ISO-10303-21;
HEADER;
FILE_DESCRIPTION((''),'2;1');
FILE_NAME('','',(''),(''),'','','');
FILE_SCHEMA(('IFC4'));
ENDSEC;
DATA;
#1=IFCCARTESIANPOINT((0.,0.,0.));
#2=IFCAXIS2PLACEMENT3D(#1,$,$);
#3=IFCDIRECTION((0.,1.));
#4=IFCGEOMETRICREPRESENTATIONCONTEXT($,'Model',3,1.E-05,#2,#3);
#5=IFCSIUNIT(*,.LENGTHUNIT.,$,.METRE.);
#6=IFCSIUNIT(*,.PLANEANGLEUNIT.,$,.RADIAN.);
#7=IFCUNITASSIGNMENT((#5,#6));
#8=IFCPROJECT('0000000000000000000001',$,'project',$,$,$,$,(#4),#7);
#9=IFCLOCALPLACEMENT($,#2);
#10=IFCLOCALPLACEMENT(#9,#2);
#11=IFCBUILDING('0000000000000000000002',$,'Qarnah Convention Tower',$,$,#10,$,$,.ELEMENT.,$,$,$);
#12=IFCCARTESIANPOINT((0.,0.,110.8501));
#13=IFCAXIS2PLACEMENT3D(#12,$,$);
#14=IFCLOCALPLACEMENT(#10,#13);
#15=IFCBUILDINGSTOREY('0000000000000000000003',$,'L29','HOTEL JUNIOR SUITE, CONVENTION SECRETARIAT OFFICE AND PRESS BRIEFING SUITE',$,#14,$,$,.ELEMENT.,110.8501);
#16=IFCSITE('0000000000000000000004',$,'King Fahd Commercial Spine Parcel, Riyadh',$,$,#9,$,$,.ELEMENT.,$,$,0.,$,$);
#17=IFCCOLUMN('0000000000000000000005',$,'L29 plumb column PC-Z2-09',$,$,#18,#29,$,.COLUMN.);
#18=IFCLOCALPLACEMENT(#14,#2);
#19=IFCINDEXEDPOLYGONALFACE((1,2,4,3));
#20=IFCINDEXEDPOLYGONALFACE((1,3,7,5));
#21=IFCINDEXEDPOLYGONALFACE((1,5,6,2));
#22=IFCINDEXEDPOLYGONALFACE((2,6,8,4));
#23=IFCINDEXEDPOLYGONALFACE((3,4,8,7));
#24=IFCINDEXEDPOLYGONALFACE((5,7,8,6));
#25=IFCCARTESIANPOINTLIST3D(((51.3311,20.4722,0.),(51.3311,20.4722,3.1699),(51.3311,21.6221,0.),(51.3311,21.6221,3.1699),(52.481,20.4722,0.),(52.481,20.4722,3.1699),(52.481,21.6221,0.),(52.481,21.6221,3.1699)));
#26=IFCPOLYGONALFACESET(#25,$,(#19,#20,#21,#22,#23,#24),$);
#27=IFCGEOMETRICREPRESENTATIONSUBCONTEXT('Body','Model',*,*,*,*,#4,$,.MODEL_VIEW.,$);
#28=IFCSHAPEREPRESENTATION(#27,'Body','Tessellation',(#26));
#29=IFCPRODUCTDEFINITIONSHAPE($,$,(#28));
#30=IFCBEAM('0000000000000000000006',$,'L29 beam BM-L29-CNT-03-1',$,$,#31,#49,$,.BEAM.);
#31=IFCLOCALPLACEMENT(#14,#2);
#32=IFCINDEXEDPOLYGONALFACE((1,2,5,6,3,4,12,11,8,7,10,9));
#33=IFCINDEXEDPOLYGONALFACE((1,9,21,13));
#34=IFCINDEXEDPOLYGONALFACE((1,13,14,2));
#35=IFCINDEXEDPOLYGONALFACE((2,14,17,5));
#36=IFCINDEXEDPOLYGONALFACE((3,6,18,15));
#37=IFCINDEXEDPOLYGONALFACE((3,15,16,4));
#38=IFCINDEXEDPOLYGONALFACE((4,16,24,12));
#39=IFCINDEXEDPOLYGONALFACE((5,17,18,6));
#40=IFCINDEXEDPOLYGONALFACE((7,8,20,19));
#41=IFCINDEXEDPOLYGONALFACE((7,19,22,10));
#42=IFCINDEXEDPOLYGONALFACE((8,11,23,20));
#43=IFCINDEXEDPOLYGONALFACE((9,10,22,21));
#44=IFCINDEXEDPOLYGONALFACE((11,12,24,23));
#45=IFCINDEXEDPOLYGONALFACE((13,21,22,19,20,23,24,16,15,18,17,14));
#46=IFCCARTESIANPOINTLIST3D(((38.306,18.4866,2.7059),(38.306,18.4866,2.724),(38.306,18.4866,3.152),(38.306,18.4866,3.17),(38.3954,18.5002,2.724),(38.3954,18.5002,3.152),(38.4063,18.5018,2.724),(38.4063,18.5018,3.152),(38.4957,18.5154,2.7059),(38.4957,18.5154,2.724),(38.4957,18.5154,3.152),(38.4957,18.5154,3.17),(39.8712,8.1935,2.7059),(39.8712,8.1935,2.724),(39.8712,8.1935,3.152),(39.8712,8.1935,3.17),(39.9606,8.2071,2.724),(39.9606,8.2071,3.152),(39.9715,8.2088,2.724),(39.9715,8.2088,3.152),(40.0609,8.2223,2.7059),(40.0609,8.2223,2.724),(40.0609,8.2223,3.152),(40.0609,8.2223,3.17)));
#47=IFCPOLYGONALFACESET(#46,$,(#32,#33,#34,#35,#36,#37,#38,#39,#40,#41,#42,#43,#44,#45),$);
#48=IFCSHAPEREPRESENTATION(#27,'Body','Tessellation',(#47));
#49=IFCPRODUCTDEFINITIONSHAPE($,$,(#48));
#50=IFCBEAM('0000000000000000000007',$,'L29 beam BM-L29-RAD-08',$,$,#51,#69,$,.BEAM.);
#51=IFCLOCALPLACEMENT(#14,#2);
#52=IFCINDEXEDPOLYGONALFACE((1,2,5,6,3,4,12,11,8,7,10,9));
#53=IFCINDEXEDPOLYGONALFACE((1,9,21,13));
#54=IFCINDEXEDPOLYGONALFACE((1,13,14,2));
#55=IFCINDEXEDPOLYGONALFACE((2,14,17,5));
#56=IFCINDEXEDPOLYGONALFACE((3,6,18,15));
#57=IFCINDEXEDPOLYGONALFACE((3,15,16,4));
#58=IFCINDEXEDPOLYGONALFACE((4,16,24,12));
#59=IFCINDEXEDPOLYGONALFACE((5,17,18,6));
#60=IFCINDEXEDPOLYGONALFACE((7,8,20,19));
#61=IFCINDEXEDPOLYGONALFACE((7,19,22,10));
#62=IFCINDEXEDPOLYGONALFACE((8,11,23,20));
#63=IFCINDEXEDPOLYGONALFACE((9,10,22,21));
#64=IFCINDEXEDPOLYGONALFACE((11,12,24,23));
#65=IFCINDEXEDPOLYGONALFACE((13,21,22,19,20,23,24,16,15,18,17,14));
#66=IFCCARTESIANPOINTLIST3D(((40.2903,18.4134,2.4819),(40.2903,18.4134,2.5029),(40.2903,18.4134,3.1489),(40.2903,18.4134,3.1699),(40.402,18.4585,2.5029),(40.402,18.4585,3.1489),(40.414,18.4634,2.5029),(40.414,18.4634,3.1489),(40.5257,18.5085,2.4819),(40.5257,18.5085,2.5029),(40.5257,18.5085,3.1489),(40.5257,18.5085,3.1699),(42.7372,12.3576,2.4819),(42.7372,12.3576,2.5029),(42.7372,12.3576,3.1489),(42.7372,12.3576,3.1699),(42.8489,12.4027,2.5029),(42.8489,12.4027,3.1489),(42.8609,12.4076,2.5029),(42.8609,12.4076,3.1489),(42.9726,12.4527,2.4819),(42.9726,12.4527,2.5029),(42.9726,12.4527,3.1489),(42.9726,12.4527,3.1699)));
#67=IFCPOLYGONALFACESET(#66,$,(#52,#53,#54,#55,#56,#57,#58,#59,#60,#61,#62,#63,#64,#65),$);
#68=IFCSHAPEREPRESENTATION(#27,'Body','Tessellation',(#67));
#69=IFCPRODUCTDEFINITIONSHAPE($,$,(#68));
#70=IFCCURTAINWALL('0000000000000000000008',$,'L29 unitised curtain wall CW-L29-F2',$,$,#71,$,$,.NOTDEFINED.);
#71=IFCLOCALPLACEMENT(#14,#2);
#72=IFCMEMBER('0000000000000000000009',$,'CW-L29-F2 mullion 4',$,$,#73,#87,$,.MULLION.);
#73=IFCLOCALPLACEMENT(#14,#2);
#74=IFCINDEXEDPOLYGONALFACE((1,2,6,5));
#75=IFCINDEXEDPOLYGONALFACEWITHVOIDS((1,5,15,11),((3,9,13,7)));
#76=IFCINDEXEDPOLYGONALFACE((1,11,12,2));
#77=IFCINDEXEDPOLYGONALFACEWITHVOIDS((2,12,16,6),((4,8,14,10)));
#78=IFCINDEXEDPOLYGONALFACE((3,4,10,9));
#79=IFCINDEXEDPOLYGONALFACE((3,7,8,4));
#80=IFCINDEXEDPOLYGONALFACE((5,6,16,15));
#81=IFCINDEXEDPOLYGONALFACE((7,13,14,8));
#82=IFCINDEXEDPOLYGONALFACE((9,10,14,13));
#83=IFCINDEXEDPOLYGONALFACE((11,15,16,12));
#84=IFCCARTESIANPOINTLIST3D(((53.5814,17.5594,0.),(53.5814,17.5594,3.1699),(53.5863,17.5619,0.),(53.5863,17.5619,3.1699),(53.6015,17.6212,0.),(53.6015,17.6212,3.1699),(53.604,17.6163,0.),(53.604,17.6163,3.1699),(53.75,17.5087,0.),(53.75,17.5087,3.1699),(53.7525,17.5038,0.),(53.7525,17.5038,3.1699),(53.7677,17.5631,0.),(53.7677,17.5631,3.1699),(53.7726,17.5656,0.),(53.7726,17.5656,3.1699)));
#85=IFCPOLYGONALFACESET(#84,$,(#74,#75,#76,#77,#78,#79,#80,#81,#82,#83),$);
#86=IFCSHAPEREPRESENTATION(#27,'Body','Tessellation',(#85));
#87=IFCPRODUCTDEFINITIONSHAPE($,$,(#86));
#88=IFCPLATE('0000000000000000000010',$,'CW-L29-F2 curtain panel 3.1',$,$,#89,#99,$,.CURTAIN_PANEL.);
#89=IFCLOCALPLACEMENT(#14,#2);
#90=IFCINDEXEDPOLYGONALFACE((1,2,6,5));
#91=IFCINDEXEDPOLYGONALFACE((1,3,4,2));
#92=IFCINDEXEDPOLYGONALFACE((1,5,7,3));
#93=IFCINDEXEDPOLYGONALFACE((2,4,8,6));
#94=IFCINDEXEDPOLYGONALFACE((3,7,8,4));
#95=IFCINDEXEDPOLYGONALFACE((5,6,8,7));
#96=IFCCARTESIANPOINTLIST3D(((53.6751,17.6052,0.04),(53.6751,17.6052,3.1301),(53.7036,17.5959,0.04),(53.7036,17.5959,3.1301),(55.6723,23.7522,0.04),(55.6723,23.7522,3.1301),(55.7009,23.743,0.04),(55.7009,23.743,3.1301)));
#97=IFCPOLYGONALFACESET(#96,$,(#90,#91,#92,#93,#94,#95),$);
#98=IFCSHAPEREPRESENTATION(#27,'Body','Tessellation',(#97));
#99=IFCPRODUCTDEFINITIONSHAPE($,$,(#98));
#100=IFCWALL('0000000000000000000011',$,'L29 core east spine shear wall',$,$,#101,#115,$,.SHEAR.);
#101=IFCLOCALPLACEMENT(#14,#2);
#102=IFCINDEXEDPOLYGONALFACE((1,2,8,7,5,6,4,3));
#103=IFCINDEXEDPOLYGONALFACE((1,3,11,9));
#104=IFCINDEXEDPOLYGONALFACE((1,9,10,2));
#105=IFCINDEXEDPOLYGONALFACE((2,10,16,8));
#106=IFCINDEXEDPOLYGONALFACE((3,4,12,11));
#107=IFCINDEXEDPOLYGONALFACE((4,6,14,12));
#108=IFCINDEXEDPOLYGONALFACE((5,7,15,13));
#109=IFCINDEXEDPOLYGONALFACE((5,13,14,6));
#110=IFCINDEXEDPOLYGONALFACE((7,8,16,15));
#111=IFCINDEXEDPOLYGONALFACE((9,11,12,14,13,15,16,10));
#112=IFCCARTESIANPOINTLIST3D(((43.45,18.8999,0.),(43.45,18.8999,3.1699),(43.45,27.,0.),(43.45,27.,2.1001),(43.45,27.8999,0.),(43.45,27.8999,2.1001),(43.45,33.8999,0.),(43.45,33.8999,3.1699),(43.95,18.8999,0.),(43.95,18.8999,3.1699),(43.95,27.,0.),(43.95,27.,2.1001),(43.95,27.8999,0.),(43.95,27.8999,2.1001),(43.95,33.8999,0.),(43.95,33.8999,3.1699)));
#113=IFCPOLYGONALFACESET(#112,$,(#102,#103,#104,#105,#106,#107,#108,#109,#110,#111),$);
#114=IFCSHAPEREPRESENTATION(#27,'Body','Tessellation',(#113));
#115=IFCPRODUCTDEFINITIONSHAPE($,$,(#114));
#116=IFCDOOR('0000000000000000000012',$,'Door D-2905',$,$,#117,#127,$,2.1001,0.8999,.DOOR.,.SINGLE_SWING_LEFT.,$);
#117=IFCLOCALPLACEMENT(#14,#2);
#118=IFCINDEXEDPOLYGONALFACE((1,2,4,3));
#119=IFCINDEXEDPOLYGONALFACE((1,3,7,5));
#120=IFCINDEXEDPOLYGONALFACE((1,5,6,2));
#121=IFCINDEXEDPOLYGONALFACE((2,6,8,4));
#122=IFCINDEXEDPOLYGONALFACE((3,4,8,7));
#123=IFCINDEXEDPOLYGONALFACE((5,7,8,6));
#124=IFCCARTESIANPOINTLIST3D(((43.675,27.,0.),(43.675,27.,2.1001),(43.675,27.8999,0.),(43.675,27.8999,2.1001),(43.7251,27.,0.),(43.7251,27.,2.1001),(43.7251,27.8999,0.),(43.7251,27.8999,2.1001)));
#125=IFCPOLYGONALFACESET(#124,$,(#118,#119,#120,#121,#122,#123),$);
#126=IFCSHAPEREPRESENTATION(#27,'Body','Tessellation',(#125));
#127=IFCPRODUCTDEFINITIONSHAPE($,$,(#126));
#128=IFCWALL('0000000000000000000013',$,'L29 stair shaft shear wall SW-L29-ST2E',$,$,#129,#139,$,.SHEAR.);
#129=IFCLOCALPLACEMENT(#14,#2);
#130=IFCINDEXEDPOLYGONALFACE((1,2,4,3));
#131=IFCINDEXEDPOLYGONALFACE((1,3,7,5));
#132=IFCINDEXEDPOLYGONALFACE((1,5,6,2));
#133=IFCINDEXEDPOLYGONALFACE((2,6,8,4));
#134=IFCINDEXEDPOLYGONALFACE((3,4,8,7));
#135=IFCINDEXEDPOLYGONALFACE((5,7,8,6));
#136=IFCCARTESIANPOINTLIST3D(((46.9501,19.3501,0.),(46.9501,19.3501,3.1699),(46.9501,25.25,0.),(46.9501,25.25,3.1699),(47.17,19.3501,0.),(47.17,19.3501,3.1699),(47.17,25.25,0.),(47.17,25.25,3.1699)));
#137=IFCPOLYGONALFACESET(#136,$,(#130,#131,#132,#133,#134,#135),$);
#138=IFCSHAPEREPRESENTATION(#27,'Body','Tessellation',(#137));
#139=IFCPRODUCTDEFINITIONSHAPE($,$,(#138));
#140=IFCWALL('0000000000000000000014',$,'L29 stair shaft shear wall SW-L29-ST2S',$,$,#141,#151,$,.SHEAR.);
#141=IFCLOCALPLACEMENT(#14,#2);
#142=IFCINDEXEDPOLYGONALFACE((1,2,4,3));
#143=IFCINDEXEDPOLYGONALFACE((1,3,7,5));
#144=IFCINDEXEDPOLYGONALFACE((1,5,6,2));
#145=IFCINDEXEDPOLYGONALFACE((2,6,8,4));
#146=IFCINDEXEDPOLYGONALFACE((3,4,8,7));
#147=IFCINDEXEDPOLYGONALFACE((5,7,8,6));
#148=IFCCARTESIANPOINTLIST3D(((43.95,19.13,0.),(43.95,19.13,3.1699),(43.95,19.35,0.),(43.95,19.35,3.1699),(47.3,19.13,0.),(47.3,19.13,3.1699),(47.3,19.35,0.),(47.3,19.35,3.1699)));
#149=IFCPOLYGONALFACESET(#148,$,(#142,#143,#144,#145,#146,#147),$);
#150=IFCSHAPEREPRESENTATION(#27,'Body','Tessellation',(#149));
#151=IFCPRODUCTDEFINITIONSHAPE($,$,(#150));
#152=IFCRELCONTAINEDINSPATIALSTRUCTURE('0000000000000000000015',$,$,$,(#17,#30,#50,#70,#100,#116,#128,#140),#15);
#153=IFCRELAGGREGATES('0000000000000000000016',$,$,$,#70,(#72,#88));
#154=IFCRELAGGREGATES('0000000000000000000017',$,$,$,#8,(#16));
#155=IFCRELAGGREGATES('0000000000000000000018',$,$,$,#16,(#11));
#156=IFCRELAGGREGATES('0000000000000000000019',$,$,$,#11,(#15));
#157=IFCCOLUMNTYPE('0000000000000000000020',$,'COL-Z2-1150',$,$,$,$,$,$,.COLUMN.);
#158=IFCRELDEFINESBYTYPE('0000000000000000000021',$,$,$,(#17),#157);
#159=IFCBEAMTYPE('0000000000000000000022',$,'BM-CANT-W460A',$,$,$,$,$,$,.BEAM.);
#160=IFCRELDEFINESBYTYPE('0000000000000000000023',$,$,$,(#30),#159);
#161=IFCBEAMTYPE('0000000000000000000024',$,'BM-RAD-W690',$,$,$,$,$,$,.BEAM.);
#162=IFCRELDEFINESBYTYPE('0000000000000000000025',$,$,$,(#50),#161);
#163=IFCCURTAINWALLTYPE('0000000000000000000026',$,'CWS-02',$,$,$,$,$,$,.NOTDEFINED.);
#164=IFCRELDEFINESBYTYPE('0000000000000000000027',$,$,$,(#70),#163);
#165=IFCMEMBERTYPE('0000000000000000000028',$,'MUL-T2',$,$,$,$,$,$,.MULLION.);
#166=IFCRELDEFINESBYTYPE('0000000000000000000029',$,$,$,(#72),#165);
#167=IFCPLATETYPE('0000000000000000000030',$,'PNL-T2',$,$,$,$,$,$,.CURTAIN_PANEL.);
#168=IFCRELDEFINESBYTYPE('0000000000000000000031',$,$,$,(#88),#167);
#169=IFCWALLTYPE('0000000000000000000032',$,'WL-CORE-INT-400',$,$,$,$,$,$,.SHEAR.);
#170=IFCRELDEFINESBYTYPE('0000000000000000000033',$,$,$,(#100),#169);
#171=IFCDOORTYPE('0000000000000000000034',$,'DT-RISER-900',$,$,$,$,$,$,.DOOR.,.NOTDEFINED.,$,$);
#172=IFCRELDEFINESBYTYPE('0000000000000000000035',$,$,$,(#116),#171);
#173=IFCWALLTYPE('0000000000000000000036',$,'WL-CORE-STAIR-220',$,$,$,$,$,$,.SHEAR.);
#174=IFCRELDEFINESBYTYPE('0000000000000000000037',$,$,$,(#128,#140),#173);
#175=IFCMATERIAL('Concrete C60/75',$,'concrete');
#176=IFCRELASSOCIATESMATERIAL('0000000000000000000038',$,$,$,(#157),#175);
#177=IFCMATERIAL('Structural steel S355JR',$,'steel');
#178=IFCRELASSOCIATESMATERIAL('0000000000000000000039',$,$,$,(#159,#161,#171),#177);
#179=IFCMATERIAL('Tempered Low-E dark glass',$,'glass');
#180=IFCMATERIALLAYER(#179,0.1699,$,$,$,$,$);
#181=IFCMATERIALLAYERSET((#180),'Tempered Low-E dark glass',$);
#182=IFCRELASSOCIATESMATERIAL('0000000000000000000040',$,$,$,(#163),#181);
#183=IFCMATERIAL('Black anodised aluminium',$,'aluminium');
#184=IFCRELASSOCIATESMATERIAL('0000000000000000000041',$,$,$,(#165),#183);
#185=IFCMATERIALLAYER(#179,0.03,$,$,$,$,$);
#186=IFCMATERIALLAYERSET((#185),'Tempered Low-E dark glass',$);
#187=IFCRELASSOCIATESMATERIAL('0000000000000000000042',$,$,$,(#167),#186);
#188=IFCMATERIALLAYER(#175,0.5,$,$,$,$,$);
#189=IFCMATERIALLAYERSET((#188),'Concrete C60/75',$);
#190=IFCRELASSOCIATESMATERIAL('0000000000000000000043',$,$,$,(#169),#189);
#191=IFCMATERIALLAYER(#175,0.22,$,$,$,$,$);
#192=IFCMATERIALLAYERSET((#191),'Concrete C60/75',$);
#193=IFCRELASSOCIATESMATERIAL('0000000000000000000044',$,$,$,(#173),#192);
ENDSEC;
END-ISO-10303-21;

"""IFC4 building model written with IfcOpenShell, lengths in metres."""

from ifc_helpers import new_model, si_unit, direction, frame, frame_2d, origin, origin_2d, place, context, subcontext, project, spatial, rectangle, hollow_rectangle, i_section, extrude, material, layer, layer_set, material_profile, profile_set, type_object, element, fill, aggregate, save


model = new_model("IFC4")

# Units and contexts
model_context = context("Model", 3, precision=1e-05, world=origin(), true_north=direction((0.0, 1.0)))
body_context = subcontext(model_context, "Body", "Model", "MODEL_VIEW")
ifc_project = project(units=[si_unit("LENGTHUNIT", "METRE"), si_unit("PLANEANGLEUNIT", "RADIAN")], contexts=[model_context])

# Site, building, storey
site_placement = place(None, origin())
site = spatial("IfcSite", under=ifc_project, at=site_placement, Name="King Fahd Commercial Spine Parcel, Riyadh", CompositionType="ELEMENT", RefElevation=0.0)
building_placement = place(site_placement, origin())
building = spatial("IfcBuilding", under=site, at=building_placement, Name="Qarnah Convention Tower", CompositionType="ELEMENT")
storey_placement = place(building_placement, frame((0.0, 0.0, 110.8501)))
storey = spatial("IfcBuildingStorey", under=building, at=storey_placement, Name="L29", Description="HOTEL JUNIOR SUITE, CONVENTION SECRETARIAT OFFICE AND PRESS BRIEFING SUITE", CompositionType="ELEMENT", Elevation=110.8501)

# Column
ifc_material_1 = material(Name="Concrete C60/75", Category="concrete")
ifc_material_profile_1 = material_profile(ifc_material_1, rectangle(XDim=1.1499, YDim=1.1499, at=origin_2d()), Name="RC-COL-1150X1150")
ifc_profile_set_1 = profile_set([ifc_material_profile_1], Name="Concrete C60/75")
column_type = type_object("IfcColumnType", Name="COL-Z2-1150", PredefinedType="COLUMN", material=ifc_profile_set_1)
column_placement = place(storey_placement, frame((51.906, 21.0471, 0.0), z_axis=(0.0, 0.0, 1.0), x_axis=(1.0, 0.0, 0.0)))
element("IfcColumn", 1, at=column_placement, inside=storey, type_object=column_type, Name="L29 plumb column PC-Z2-09", PredefinedType="COLUMN", context=body_context, shape_type="SweptSolid", body=[
    extrude(rectangle(XDim=1.1499, YDim=1.1499, at=origin_2d()), origin(), (0.0, 0.0, 1.0), 3.1699),
])

# Beams
ifc_material_2 = material(Name="Structural steel S355JR", Category="steel")
ifc_material_profile_2 = material_profile(ifc_material_2, i_section(OverallWidth=0.1919, OverallDepth=0.4641, WebThickness=0.011, FlangeThickness=0.0181, at=origin_2d()), Name="W460X89")
ifc_profile_set_2 = profile_set([ifc_material_profile_2], Name="Structural steel S355JR")
beam_type_1 = type_object("IfcBeamType", Name="BM-CANT-W460A", PredefinedType="BEAM", material=ifc_profile_set_2)
beam_1_placement = place(storey_placement, frame((38.4009, 18.501, 2.938), z_axis=(0.150335, -0.988635, 0.0), x_axis=(0.988635, 0.150335, 0.0)))
element("IfcBeam", 2, at=beam_1_placement, inside=storey, type_object=beam_type_1, Name="L29 beam BM-L29-CNT-03-1", PredefinedType="BEAM", context=body_context, shape_type="SweptSolid", body=[
    extrude(i_section(OverallWidth=0.1919, OverallDepth=0.4641, WebThickness=0.011, FlangeThickness=0.0181, at=origin_2d()), origin(), (0.0, 0.0, 1.0), 10.4114),
])
ifc_material_profile_3 = material_profile(ifc_material_2, i_section(OverallWidth=0.2539, OverallDepth=0.688, WebThickness=0.0129, FlangeThickness=0.021, at=origin_2d()), Name="W690X152")
ifc_profile_set_3 = profile_set([ifc_material_profile_3], Name="Structural steel S355JR")
beam_type_2 = type_object("IfcBeamType", Name="BM-RAD-W690", PredefinedType="BEAM", material=ifc_profile_set_3)
beam_2_placement = place(storey_placement, frame((40.408, 18.4609, 2.8259), z_axis=(0.374643, -0.927169, 0.0), x_axis=(0.927169, 0.374643, 0.0)))
element("IfcBeam", 3, at=beam_2_placement, inside=storey, type_object=beam_type_2, Name="L29 beam BM-L29-RAD-08", PredefinedType="BEAM", context=body_context, shape_type="SweptSolid", body=[
    extrude(i_section(OverallWidth=0.2539, OverallDepth=0.688, WebThickness=0.0129, FlangeThickness=0.021, at=origin_2d()), origin(), (0.0, 0.0, 1.0), 6.5315),
])

# Curtain wall, member, plate
ifc_material_3 = material(Name="Tempered Low-E dark glass", Category="glass")
ifc_layer_1 = layer(ifc_material_3, 0.1699)
ifc_layer_set_1 = layer_set([ifc_layer_1], Name="Tempered Low-E dark glass")
curtain_wall_type = type_object("IfcCurtainWallType", Name="CWS-02", PredefinedType="NOTDEFINED", material=ifc_layer_set_1)
curtain_wall_placement = place(storey_placement, origin())
curtain_wall = element("IfcCurtainWall", 4, at=curtain_wall_placement, inside=storey, type_object=curtain_wall_type, Name="L29 unitised curtain wall CW-L29-F2", PredefinedType="NOTDEFINED")
ifc_material_4 = material(Name="Black anodised aluminium", Category="aluminium")
ifc_material_profile_4 = material_profile(ifc_material_4, hollow_rectangle(XDim=0.0649, YDim=0.1799, WallThickness=0.0039, at=origin_2d()), Name="MUL-65X180")
ifc_profile_set_4 = profile_set([ifc_material_profile_4], Name="Black anodised aluminium")
member_type = type_object("IfcMemberType", Name="MUL-T2", PredefinedType="MULLION", material=ifc_profile_set_4)
member_placement = place(storey_placement, frame((53.677, 17.5625, 0.0), z_axis=(0.0, 0.0, 1.0), x_axis=(-0.309011, -0.951058, 0.0)))
member = element("IfcMember", 5, at=member_placement, type_object=member_type, Name="CW-L29-F2 mullion 4", PredefinedType="MULLION", context=body_context, shape_type="SweptSolid", body=[
    extrude(hollow_rectangle(XDim=0.0649, YDim=0.1799, WallThickness=0.0039, at=origin_2d()), origin(), (0.0, 0.0, 1.0), 3.1699),
])
ifc_layer_2 = layer(ifc_material_3, 0.03)
ifc_layer_set_2 = layer_set([ifc_layer_2], Name="Tempered Low-E dark glass")
plate_type = type_object("IfcPlateType", Name="PNL-T2", PredefinedType="CURTAIN_PANEL", material=ifc_layer_set_2)
plate_placement = place(storey_placement, frame((54.688, 20.6741, 0.04), z_axis=(0.0, 0.0, 1.0), x_axis=(-0.309011, -0.951058, 0.0)))
plate = element("IfcPlate", 6, at=plate_placement, type_object=plate_type, Name="CW-L29-F2 curtain panel 3.1", PredefinedType="CURTAIN_PANEL", context=body_context, shape_type="SweptSolid", body=[
    extrude(rectangle(XDim=6.4634, YDim=0.03, at=origin_2d()), origin(), (0.0, 0.0, 1.0), 3.0901),
])
aggregate(curtain_wall, [member, plate])

# Shared definitions
door_type_1 = type_object("IfcDoorType", Name="DT-RISER-900", OperationType="NOTDEFINED", PredefinedType="DOOR", material=ifc_material_2)

# Wall, opening, door
ifc_layer_3 = layer(ifc_material_1, 0.5)
ifc_layer_set_3 = layer_set([ifc_layer_3], Name="Concrete C60/75")
wall_type_1 = type_object("IfcWallType", Name="WL-CORE-INT-400", PredefinedType="SHEAR", material=ifc_layer_set_3)
wall_1_placement = place(storey_placement, frame((43.7, 18.8999, 0.0), z_axis=(0.0, 0.0, 1.0), x_axis=(0.0, 1.0, 0.0)))
wall_1 = element("IfcWall", 7, at=wall_1_placement, inside=storey, type_object=wall_type_1, Name="L29 core east spine shear wall", PredefinedType="SHEAR", context=body_context, shape_type="SweptSolid", body=[
    extrude(rectangle(XDim=15.0, YDim=0.5, at=frame_2d((7.5, 0.0))), origin(), (0.0, 0.0, 1.0), 3.1699),
])
opening_1_placement = place(wall_1_placement, frame((8.1001, 0.0, 0.0)))
opening_1 = element("IfcOpeningElement", 8, at=opening_1_placement, cuts=wall_1, PredefinedType="OPENING", context=body_context, shape_type="SweptSolid", body=[
    extrude(rectangle(XDim=0.8999, YDim=2.1001, at=frame_2d((0.45, 1.05))), frame((0.0, 0.26, 0.0), z_axis=(0.0, -1.0, 0.0), x_axis=(1.0, 0.0, 0.0)), (0.0, 0.0, 1.0), 0.52),
])
door_1_placement = place(opening_1_placement, origin())
door_1 = element("IfcDoor", 9, at=door_1_placement, inside=storey, type_object=door_type_1, Name="Door D-2905", OperationType="SINGLE_SWING_LEFT", OverallHeight=2.1001, OverallWidth=0.8999, PredefinedType="DOOR", context=body_context, shape_type="SweptSolid", body=[
    extrude(rectangle(XDim=0.8999, YDim=2.1001, at=frame_2d((0.45, 1.05))), frame((0.0, 0.0249, 0.0), z_axis=(0.0, -1.0, 0.0), x_axis=(1.0, 0.0, 0.0)), (0.0, 0.0, 1.0), 0.05),
])
fill(opening_1, door_1)

# Walls
ifc_layer_4 = layer(ifc_material_1, 0.22)
ifc_layer_set_4 = layer_set([ifc_layer_4], Name="Concrete C60/75")
wall_type_2 = type_object("IfcWallType", Name="WL-CORE-STAIR-220", PredefinedType="SHEAR", material=ifc_layer_set_4)
wall_2_placement = place(storey_placement, frame((47.0601, 19.3501, 0.0), z_axis=(0.0, 0.0, 1.0), x_axis=(0.0, 1.0, 0.0)))
element("IfcWall", 10, at=wall_2_placement, inside=storey, type_object=wall_type_2, Name="L29 stair shaft shear wall SW-L29-ST2E", PredefinedType="SHEAR", context=body_context, shape_type="SweptSolid", body=[
    extrude(rectangle(XDim=5.8999, YDim=0.22, at=frame_2d((2.95, 0.0))), origin(), (0.0, 0.0, 1.0), 3.1699),
])
wall_3_placement = place(storey_placement, frame((43.95, 19.24, 0.0), z_axis=(0.0, 0.0, 1.0), x_axis=(1.0, 0.0, 0.0)))
element("IfcWall", 11, at=wall_3_placement, inside=storey, type_object=wall_type_2, Name="L29 stair shaft shear wall SW-L29-ST2S", PredefinedType="SHEAR", context=body_context, shape_type="SweptSolid", body=[
    extrude(rectangle(XDim=3.3501, YDim=0.22, at=frame_2d((1.675, 0.0))), origin(), (0.0, 0.0, 1.0), 3.1699),
])

save(model, "model.ifc")
